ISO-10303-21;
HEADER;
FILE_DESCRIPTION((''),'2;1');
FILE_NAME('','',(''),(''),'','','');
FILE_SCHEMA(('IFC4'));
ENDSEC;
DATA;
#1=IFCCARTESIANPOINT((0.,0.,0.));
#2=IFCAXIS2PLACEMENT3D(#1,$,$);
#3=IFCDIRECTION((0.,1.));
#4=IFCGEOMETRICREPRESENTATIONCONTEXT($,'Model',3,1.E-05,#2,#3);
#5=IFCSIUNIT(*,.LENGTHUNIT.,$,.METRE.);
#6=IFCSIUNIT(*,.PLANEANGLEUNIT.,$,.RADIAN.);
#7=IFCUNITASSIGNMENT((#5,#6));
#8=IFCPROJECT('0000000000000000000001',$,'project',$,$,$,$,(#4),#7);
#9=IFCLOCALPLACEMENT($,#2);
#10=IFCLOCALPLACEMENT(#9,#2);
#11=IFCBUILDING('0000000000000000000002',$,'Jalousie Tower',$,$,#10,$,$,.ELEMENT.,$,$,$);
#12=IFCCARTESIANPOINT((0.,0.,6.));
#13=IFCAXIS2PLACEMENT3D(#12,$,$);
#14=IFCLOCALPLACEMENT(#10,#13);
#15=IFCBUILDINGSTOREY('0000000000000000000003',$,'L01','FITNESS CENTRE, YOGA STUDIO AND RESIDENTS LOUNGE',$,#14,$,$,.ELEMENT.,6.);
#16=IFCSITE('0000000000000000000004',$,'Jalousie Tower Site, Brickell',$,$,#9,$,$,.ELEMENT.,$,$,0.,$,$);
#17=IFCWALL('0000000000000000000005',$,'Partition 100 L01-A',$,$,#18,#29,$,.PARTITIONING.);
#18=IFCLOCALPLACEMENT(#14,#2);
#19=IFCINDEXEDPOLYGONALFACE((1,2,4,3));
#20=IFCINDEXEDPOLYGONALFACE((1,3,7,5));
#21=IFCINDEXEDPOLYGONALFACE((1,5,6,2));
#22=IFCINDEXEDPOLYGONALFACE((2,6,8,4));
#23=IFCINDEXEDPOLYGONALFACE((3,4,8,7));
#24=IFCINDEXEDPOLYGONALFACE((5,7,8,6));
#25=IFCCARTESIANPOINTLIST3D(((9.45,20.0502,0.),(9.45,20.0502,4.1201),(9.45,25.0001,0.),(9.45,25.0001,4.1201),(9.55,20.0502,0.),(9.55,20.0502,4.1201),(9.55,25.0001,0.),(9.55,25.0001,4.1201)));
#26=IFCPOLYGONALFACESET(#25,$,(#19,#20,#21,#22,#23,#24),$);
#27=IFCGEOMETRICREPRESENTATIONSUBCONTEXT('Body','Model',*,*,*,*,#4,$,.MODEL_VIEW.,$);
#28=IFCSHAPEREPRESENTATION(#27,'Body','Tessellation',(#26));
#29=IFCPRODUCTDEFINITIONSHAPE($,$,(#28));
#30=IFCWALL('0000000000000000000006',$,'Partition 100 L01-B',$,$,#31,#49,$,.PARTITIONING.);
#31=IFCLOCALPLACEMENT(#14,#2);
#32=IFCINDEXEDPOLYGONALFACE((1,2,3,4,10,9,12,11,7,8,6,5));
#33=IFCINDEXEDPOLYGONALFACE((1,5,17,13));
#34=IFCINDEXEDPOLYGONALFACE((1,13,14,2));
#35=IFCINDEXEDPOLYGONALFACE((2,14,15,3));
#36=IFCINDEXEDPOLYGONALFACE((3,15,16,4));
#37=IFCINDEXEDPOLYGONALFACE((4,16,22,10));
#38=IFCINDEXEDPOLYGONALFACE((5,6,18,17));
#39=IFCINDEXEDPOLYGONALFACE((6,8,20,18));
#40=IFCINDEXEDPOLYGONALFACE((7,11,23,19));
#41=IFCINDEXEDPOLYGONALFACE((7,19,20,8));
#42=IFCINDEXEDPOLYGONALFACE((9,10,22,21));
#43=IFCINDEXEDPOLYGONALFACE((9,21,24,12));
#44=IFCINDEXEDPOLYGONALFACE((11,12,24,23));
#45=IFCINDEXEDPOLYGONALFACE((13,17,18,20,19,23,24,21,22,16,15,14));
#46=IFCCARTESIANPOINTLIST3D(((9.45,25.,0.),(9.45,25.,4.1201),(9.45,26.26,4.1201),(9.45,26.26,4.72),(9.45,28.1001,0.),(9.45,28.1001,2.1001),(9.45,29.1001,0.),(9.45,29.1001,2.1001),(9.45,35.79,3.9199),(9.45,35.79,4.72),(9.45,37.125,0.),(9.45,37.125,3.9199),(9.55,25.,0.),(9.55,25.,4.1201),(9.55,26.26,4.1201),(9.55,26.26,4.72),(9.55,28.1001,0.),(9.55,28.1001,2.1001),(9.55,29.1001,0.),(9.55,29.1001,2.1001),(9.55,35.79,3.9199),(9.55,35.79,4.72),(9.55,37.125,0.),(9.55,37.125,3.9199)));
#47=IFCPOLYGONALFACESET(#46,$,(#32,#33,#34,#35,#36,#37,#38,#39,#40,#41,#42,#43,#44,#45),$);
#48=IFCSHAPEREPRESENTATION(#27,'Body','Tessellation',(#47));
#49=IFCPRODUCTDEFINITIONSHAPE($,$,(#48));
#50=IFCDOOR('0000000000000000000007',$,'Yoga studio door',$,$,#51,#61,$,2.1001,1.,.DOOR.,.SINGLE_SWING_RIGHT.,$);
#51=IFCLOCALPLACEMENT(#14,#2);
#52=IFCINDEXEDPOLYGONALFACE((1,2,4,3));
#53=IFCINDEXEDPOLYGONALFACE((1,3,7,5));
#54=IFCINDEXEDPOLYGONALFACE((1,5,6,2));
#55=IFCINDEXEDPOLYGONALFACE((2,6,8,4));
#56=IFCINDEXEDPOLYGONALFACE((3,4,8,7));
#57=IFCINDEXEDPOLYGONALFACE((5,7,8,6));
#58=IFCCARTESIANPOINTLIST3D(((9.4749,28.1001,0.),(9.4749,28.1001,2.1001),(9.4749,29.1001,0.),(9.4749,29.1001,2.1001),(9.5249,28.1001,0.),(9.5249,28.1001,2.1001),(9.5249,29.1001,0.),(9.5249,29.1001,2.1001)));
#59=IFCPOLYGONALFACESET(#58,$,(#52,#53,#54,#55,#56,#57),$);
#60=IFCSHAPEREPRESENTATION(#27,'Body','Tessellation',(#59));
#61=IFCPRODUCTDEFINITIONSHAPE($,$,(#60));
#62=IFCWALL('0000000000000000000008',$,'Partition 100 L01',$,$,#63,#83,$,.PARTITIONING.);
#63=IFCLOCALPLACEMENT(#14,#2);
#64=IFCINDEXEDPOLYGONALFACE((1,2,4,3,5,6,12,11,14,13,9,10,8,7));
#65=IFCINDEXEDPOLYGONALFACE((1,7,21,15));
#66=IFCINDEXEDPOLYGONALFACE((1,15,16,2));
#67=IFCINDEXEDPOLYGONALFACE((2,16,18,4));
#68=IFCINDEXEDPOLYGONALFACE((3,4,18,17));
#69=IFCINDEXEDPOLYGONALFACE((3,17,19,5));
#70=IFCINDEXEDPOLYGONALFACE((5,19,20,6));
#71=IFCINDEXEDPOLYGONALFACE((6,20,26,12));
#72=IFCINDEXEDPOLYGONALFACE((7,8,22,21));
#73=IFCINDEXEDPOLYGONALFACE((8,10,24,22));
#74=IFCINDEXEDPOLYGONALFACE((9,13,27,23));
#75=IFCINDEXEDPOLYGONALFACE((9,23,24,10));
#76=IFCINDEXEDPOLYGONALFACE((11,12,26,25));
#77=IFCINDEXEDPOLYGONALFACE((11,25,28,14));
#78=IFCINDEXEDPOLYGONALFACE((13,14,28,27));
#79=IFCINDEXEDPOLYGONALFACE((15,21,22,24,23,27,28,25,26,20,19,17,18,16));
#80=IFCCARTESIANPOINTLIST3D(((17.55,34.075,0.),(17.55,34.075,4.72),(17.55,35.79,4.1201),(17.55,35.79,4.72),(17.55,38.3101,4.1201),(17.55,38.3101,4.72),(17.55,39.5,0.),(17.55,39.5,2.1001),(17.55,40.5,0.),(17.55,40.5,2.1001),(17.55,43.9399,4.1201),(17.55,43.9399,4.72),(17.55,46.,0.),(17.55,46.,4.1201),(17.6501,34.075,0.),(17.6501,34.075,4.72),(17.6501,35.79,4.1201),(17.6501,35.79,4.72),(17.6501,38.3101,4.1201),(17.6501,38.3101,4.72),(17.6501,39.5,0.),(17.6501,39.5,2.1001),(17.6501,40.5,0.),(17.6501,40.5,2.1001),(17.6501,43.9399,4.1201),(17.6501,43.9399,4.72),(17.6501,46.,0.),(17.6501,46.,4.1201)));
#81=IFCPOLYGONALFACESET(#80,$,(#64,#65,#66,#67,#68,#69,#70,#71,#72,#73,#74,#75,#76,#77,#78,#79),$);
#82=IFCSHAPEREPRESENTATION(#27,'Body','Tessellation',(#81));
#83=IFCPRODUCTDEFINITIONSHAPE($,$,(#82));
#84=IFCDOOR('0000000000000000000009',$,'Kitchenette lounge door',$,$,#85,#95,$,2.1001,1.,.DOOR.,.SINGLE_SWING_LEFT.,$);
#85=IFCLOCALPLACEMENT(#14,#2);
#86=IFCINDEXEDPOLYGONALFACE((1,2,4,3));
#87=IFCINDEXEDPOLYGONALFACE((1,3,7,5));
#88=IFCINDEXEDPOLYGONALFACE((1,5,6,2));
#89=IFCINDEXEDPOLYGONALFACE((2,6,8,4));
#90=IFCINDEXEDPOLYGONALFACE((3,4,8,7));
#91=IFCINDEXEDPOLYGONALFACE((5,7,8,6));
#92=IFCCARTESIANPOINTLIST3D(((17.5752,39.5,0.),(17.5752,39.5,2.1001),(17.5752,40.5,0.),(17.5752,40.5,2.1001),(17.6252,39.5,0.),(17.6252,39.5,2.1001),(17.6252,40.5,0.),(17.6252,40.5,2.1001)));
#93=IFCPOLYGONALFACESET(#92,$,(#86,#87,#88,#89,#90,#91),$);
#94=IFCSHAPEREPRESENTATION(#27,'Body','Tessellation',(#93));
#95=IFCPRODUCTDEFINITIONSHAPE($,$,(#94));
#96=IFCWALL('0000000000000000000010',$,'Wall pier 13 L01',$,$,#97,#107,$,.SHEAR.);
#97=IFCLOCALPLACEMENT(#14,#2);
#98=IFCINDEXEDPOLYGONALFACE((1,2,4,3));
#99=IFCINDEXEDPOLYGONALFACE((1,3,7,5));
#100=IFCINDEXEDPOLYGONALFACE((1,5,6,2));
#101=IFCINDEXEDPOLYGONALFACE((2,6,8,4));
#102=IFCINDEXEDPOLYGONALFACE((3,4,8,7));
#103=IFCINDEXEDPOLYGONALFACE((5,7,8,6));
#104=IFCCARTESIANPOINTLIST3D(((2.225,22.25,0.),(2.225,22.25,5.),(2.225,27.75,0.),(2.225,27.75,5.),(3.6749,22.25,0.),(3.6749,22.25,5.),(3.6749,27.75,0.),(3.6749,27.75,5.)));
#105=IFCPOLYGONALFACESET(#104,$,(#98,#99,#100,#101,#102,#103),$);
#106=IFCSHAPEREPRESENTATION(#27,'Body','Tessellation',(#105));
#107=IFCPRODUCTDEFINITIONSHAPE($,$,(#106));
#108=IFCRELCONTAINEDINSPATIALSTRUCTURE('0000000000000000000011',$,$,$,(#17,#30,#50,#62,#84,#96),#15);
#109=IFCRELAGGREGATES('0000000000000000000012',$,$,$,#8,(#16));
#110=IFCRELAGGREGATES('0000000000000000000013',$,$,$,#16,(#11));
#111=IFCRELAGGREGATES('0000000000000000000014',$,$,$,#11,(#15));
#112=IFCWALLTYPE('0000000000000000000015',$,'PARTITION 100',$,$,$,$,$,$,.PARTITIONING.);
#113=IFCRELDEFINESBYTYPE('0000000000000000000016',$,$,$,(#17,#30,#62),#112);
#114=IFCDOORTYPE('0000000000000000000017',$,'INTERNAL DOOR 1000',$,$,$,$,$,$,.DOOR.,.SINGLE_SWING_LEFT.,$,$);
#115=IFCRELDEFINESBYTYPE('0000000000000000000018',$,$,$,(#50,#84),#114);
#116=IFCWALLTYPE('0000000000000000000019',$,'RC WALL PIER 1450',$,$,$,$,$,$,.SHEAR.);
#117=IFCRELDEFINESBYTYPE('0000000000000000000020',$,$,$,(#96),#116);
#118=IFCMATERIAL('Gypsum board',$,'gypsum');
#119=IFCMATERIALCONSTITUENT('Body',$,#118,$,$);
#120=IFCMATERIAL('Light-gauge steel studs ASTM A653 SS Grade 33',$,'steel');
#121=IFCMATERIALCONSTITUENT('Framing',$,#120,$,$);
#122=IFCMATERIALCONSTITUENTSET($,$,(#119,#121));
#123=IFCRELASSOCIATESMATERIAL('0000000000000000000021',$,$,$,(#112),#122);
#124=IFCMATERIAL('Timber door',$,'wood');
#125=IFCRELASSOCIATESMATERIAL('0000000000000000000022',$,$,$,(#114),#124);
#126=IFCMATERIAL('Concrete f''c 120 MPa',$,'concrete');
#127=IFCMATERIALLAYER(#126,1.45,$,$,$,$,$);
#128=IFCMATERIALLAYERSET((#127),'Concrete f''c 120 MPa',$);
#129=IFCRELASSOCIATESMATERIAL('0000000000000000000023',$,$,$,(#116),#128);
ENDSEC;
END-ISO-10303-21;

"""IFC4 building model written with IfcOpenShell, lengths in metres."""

from ifc_helpers import new_model, si_unit, direction, frame, frame_2d, origin, place, context, subcontext, project, spatial, polyline, rectangle, outline, extrude, material, layer, layer_set, constituent, constituent_set, type_object, element, fill, save


model = new_model("IFC4")

# Units and contexts
model_context = context("Model", 3, precision=1e-05, world=origin(), true_north=direction((0.0, 1.0)))
body_context = subcontext(model_context, "Body", "Model", "MODEL_VIEW")
ifc_project = project(units=[si_unit("LENGTHUNIT", "METRE"), si_unit("PLANEANGLEUNIT", "RADIAN")], contexts=[model_context])

# Site, building, storey
site_placement = place(None, origin())
site = spatial("IfcSite", under=ifc_project, at=site_placement, Name="Jalousie Tower Site, Brickell", CompositionType="ELEMENT", RefElevation=0.0)
building_placement = place(site_placement, origin())
building = spatial("IfcBuilding", under=site, at=building_placement, Name="Jalousie Tower", CompositionType="ELEMENT")
storey_placement = place(building_placement, frame((0.0, 0.0, 6.0)))
storey = spatial("IfcBuildingStorey", under=building, at=storey_placement, Name="L01", Description="FITNESS CENTRE, YOGA STUDIO AND RESIDENTS LOUNGE", CompositionType="ELEMENT", Elevation=6.0)

# Wall
ifc_material_1 = material(Name="Gypsum board", Category="gypsum")
ifc_constituent_1 = constituent(ifc_material_1, Name="Body")
ifc_material_2 = material(Name="Light-gauge steel studs ASTM A653 SS Grade 33", Category="steel")
ifc_constituent_2 = constituent(ifc_material_2, Name="Framing")
ifc_constituent_set_1 = constituent_set(constituents=[ifc_constituent_1, ifc_constituent_2])
wall_type_1 = type_object("IfcWallType", Name="PARTITION 100", PredefinedType="PARTITIONING", material=ifc_constituent_set_1)
wall_1_placement = place(storey_placement, frame((9.5, 20.05, 0.0), z_axis=(0.0, 0.0, 1.0), x_axis=(0.0, 1.0, 0.0)))
element("IfcWall", 1, at=wall_1_placement, inside=storey, type_object=wall_type_1, Name="Partition 100 L01-A", PredefinedType="PARTITIONING", context=body_context, shape_type="SweptSolid", body=[
    extrude(rectangle(XDim=4.95, YDim=0.1001, at=frame_2d((2.4751, 0.0))), origin(), (0.0, 0.0, 1.0), 4.1201),
])

# Walls, openings, doors
wall_2_placement = place(storey_placement, frame((9.5, 25.0, 0.0), z_axis=(0.0, 0.0, 1.0), x_axis=(0.0, 1.0, 0.0)))
wall_2 = element("IfcWall", 2, at=wall_2_placement, inside=storey, type_object=wall_type_1, Name="Partition 100 L01-B", PredefinedType="PARTITIONING", context=body_context, shape_type="SweptSolid", body=[
    extrude(outline(polyline([(0.0, 0.0), (12.125, 0.0), (12.125, 3.9199), (10.79, 3.9199), (10.79, 4.72), (1.26, 4.72), (1.26, 4.1201), (0.0, 4.1201), (0.0, 0.0)])), frame((0.0, 0.05, 0.0), z_axis=(0.0, -1.0, 0.0), x_axis=(1.0, 0.0, 0.0)), (0.0, 0.0, 1.0), 0.1001),
])
opening_1_placement = place(wall_2_placement, frame((3.1001, 0.0, 0.0)))
opening_1 = element("IfcOpeningElement", 3, at=opening_1_placement, cuts=wall_2, PredefinedType="OPENING", context=body_context, shape_type="SweptSolid", body=[
    extrude(rectangle(XDim=1.0, YDim=2.1001, at=frame_2d((0.5, 1.05))), frame((0.0, 0.0601, 0.0), z_axis=(0.0, -1.0, 0.0), x_axis=(1.0, 0.0, 0.0)), (0.0, 0.0, 1.0), 0.1201),
])
ifc_material_3 = material(Name="Timber door", Category="wood")
door_type = type_object("IfcDoorType", Name="INTERNAL DOOR 1000", OperationType="SINGLE_SWING_LEFT", PredefinedType="DOOR", material=ifc_material_3)
door_1_placement = place(opening_1_placement, frame((1.0, 0.0, 0.0), z_axis=(0.0, 0.0, 1.0), x_axis=(-1.0, 0.0, 0.0)))
door_1 = element("IfcDoor", 4, at=door_1_placement, inside=storey, type_object=door_type, Name="Yoga studio door", OperationType="SINGLE_SWING_RIGHT", OverallHeight=2.1001, OverallWidth=1.0, PredefinedType="DOOR", context=body_context, shape_type="SweptSolid", body=[
    extrude(rectangle(XDim=1.0, YDim=2.1001, at=frame_2d((0.5, 1.05))), frame((0.0, 0.0249, 0.0), z_axis=(0.0, -1.0, 0.0), x_axis=(1.0, 0.0, 0.0)), (0.0, 0.0, 1.0), 0.05),
])
fill(opening_1, door_1)
wall_3_placement = place(storey_placement, frame((17.6001, 34.075, 0.0), z_axis=(0.0, 0.0, 1.0), x_axis=(0.0, 1.0, 0.0)))
wall_3 = element("IfcWall", 5, at=wall_3_placement, inside=storey, type_object=wall_type_1, Name="Partition 100 L01", PredefinedType="PARTITIONING", context=body_context, shape_type="SweptSolid", body=[
    extrude(outline(polyline([(0.0, 0.0), (11.925, 0.0), (11.925, 4.72), (11.925, 4.1201), (9.865, 4.1201), (9.865, 4.72), (4.2351, 4.72), (4.2351, 4.1201), (1.7151, 4.1201), (1.7151, 4.72), (0.0, 4.72), (0.0, 0.0)])), frame((0.0, 0.05, 0.0), z_axis=(0.0, -1.0, 0.0), x_axis=(1.0, 0.0, 0.0)), (0.0, 0.0, 1.0), 0.1001),
])
opening_2_placement = place(wall_3_placement, frame((5.425, 0.0, 0.0)))
opening_2 = element("IfcOpeningElement", 6, at=opening_2_placement, cuts=wall_3, PredefinedType="OPENING", context=body_context, shape_type="SweptSolid", body=[
    extrude(rectangle(XDim=1.0, YDim=2.1001, at=frame_2d((0.5, 1.05))), frame((0.0, 0.0601, 0.0), z_axis=(0.0, -1.0, 0.0), x_axis=(1.0, 0.0, 0.0)), (0.0, 0.0, 1.0), 0.1201),
])
door_2_placement = place(opening_2_placement, origin())
door_2 = element("IfcDoor", 7, at=door_2_placement, inside=storey, type_object=door_type, Name="Kitchenette lounge door", OperationType="SINGLE_SWING_LEFT", OverallHeight=2.1001, OverallWidth=1.0, PredefinedType="DOOR", context=body_context, shape_type="SweptSolid", body=[
    extrude(rectangle(XDim=1.0, YDim=2.1001, at=frame_2d((0.5, 1.05))), frame((0.0, 0.0249, 0.0), z_axis=(0.0, -1.0, 0.0), x_axis=(1.0, 0.0, 0.0)), (0.0, 0.0, 1.0), 0.05),
])
fill(opening_2, door_2)

# Wall
ifc_material_4 = material(Name="Concrete f'c 120 MPa", Category="concrete")
ifc_layer = layer(ifc_material_4, 1.45)
ifc_layer_set = layer_set([ifc_layer], Name="Concrete f'c 120 MPa")
wall_type_2 = type_object("IfcWallType", Name="RC WALL PIER 1450", PredefinedType="SHEAR", material=ifc_layer_set)
wall_4_placement = place(storey_placement, frame((2.95, 22.25, 0.0), z_axis=(0.0, 0.0, 1.0), x_axis=(0.0, 1.0, 0.0)))
element("IfcWall", 8, at=wall_4_placement, inside=storey, type_object=wall_type_2, Name="Wall pier 13 L01", PredefinedType="SHEAR", context=body_context, shape_type="SweptSolid", body=[
    extrude(rectangle(XDim=5.5, YDim=1.45, at=frame_2d((2.75, 0.0))), origin(), (0.0, 0.0, 1.0), 5.0),
])

save(model, "model.ifc")
